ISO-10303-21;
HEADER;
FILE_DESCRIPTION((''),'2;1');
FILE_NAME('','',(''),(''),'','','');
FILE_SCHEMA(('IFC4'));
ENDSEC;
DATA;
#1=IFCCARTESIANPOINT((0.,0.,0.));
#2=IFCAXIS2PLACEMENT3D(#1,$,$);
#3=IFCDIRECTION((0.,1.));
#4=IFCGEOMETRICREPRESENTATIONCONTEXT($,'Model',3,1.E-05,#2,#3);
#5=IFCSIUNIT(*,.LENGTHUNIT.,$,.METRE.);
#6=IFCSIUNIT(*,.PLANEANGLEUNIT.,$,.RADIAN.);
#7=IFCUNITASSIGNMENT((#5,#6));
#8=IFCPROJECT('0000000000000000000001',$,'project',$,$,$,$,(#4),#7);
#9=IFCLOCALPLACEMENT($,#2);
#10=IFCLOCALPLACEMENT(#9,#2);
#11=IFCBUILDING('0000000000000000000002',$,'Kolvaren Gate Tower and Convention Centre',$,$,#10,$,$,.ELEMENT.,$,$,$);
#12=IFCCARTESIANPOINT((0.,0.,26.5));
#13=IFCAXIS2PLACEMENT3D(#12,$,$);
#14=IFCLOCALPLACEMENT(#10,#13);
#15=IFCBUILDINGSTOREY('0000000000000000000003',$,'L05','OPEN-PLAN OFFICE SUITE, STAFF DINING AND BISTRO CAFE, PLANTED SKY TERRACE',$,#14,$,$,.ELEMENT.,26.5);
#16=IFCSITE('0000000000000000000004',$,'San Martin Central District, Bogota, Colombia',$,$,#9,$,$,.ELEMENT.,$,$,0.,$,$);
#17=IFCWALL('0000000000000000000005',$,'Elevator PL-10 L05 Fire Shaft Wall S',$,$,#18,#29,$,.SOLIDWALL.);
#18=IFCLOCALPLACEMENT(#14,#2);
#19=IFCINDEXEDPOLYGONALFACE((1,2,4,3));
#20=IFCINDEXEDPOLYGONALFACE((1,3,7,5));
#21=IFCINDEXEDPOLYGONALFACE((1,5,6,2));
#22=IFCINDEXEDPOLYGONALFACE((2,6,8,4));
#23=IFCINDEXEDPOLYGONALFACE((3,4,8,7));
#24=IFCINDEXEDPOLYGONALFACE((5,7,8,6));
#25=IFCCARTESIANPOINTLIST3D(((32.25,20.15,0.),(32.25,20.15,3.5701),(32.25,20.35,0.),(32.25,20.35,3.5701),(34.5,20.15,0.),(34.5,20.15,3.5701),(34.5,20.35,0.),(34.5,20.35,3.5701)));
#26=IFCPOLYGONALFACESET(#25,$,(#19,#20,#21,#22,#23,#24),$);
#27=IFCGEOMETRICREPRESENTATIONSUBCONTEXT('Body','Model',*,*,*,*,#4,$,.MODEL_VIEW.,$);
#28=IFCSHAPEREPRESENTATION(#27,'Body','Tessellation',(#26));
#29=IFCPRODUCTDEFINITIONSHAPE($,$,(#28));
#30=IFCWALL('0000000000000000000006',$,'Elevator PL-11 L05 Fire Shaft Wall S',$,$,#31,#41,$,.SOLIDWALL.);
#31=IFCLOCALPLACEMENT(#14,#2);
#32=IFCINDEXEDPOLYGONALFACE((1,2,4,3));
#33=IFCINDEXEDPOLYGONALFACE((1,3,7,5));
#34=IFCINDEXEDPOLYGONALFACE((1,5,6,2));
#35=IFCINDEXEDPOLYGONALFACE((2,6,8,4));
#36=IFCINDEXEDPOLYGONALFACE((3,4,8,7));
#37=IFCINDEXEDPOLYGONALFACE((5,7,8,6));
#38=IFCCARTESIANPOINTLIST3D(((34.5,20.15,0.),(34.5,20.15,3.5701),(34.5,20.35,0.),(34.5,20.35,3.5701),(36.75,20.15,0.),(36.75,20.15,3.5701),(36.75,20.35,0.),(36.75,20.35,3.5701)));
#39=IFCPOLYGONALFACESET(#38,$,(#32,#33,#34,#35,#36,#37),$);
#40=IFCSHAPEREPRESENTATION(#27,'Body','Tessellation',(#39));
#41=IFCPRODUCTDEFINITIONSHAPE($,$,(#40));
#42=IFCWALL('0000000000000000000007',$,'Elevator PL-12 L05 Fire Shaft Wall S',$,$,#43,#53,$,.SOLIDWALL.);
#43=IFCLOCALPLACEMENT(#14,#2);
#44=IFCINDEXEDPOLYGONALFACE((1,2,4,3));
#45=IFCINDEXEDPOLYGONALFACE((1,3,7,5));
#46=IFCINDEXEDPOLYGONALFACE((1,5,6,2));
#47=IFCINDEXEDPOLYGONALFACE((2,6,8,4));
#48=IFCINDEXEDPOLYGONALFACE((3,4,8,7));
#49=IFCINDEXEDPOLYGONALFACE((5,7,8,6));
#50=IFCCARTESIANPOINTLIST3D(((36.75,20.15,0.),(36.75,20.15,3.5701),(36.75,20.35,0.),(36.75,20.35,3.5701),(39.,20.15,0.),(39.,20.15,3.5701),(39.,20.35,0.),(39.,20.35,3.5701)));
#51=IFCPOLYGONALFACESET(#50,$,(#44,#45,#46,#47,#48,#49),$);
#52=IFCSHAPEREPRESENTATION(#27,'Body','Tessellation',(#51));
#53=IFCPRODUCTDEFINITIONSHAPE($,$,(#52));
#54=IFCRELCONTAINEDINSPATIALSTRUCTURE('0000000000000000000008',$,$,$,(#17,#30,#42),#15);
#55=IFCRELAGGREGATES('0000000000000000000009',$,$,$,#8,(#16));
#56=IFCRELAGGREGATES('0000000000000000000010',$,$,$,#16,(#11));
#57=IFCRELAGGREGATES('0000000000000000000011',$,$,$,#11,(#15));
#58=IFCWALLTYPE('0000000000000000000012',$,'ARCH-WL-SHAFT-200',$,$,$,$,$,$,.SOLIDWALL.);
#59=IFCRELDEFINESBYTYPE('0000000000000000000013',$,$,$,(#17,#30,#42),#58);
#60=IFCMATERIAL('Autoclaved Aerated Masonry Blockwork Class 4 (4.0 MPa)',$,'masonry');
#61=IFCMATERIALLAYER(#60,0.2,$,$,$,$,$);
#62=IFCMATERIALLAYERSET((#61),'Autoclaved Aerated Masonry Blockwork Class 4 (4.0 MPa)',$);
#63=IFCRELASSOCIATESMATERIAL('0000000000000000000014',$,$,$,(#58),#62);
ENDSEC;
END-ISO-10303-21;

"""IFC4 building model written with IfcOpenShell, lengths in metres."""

from ifc_helpers import new_model, si_unit, direction, frame, frame_2d, origin, place, context, subcontext, project, spatial, rectangle, extrude, material, layer, layer_set, type_object, element, save


model = new_model("IFC4")

# Units and contexts
model_context = context("Model", 3, precision=1e-05, world=origin(), true_north=direction((0.0, 1.0)))
body_context = subcontext(model_context, "Body", "Model", "MODEL_VIEW")
ifc_project = project(units=[si_unit("LENGTHUNIT", "METRE"), si_unit("PLANEANGLEUNIT", "RADIAN")], contexts=[model_context])

# Site, building, storey
site_placement = place(None, origin())
site = spatial("IfcSite", under=ifc_project, at=site_placement, Name="San Martin Central District, Bogota, Colombia", CompositionType="ELEMENT", RefElevation=0.0)
building_placement = place(site_placement, origin())
building = spatial("IfcBuilding", under=site, at=building_placement, Name="Kolvaren Gate Tower and Convention Centre", CompositionType="ELEMENT")
storey_placement = place(building_placement, frame((0.0, 0.0, 26.5)))
storey = spatial("IfcBuildingStorey", under=building, at=storey_placement, Name="L05", Description="OPEN-PLAN OFFICE SUITE, STAFF DINING AND BISTRO CAFE, PLANTED SKY TERRACE", CompositionType="ELEMENT", Elevation=26.5)

# Walls
ifc_material_1 = material(Name="Autoclaved Aerated Masonry Blockwork Class 4 (4.0 MPa)", Category="masonry")
ifc_layer_1 = layer(ifc_material_1, 0.2)
ifc_layer_set_1 = layer_set([ifc_layer_1], Name="Autoclaved Aerated Masonry Blockwork Class 4 (4.0 MPa)")
wall_type_1 = type_object("IfcWallType", Name="ARCH-WL-SHAFT-200", PredefinedType="SOLIDWALL", material=ifc_layer_set_1)
for number, where, z_axis, x_axis, name in (
    (1, (32.25, 20.25, 0.0), (0.0, 0.0, 1.0), (1.0, 0.0, 0.0), "Elevator PL-10 L05 Fire Shaft Wall S"),
    (2, (34.5, 20.25, 0.0), (0.0, 0.0, 1.0), (1.0, 0.0, 0.0), "Elevator PL-11 L05 Fire Shaft Wall S"),
    (3, (36.75, 20.25, 0.0), (0.0, 0.0, 1.0), (1.0, 0.0, 0.0), "Elevator PL-12 L05 Fire Shaft Wall S"),
):
    element("IfcWall", number, at=place(storey_placement, frame(where, z_axis=z_axis, x_axis=x_axis)), inside=storey, type_object=wall_type_1, Name=name, PredefinedType="SOLIDWALL", context=body_context, shape_type="SweptSolid", body=[
        extrude(rectangle(XDim=2.25, YDim=0.2, at=frame_2d((1.125, 0.0))), origin(), (0.0, 0.0, 1.0), 3.5701),
    ])

save(model, "model.ifc")
